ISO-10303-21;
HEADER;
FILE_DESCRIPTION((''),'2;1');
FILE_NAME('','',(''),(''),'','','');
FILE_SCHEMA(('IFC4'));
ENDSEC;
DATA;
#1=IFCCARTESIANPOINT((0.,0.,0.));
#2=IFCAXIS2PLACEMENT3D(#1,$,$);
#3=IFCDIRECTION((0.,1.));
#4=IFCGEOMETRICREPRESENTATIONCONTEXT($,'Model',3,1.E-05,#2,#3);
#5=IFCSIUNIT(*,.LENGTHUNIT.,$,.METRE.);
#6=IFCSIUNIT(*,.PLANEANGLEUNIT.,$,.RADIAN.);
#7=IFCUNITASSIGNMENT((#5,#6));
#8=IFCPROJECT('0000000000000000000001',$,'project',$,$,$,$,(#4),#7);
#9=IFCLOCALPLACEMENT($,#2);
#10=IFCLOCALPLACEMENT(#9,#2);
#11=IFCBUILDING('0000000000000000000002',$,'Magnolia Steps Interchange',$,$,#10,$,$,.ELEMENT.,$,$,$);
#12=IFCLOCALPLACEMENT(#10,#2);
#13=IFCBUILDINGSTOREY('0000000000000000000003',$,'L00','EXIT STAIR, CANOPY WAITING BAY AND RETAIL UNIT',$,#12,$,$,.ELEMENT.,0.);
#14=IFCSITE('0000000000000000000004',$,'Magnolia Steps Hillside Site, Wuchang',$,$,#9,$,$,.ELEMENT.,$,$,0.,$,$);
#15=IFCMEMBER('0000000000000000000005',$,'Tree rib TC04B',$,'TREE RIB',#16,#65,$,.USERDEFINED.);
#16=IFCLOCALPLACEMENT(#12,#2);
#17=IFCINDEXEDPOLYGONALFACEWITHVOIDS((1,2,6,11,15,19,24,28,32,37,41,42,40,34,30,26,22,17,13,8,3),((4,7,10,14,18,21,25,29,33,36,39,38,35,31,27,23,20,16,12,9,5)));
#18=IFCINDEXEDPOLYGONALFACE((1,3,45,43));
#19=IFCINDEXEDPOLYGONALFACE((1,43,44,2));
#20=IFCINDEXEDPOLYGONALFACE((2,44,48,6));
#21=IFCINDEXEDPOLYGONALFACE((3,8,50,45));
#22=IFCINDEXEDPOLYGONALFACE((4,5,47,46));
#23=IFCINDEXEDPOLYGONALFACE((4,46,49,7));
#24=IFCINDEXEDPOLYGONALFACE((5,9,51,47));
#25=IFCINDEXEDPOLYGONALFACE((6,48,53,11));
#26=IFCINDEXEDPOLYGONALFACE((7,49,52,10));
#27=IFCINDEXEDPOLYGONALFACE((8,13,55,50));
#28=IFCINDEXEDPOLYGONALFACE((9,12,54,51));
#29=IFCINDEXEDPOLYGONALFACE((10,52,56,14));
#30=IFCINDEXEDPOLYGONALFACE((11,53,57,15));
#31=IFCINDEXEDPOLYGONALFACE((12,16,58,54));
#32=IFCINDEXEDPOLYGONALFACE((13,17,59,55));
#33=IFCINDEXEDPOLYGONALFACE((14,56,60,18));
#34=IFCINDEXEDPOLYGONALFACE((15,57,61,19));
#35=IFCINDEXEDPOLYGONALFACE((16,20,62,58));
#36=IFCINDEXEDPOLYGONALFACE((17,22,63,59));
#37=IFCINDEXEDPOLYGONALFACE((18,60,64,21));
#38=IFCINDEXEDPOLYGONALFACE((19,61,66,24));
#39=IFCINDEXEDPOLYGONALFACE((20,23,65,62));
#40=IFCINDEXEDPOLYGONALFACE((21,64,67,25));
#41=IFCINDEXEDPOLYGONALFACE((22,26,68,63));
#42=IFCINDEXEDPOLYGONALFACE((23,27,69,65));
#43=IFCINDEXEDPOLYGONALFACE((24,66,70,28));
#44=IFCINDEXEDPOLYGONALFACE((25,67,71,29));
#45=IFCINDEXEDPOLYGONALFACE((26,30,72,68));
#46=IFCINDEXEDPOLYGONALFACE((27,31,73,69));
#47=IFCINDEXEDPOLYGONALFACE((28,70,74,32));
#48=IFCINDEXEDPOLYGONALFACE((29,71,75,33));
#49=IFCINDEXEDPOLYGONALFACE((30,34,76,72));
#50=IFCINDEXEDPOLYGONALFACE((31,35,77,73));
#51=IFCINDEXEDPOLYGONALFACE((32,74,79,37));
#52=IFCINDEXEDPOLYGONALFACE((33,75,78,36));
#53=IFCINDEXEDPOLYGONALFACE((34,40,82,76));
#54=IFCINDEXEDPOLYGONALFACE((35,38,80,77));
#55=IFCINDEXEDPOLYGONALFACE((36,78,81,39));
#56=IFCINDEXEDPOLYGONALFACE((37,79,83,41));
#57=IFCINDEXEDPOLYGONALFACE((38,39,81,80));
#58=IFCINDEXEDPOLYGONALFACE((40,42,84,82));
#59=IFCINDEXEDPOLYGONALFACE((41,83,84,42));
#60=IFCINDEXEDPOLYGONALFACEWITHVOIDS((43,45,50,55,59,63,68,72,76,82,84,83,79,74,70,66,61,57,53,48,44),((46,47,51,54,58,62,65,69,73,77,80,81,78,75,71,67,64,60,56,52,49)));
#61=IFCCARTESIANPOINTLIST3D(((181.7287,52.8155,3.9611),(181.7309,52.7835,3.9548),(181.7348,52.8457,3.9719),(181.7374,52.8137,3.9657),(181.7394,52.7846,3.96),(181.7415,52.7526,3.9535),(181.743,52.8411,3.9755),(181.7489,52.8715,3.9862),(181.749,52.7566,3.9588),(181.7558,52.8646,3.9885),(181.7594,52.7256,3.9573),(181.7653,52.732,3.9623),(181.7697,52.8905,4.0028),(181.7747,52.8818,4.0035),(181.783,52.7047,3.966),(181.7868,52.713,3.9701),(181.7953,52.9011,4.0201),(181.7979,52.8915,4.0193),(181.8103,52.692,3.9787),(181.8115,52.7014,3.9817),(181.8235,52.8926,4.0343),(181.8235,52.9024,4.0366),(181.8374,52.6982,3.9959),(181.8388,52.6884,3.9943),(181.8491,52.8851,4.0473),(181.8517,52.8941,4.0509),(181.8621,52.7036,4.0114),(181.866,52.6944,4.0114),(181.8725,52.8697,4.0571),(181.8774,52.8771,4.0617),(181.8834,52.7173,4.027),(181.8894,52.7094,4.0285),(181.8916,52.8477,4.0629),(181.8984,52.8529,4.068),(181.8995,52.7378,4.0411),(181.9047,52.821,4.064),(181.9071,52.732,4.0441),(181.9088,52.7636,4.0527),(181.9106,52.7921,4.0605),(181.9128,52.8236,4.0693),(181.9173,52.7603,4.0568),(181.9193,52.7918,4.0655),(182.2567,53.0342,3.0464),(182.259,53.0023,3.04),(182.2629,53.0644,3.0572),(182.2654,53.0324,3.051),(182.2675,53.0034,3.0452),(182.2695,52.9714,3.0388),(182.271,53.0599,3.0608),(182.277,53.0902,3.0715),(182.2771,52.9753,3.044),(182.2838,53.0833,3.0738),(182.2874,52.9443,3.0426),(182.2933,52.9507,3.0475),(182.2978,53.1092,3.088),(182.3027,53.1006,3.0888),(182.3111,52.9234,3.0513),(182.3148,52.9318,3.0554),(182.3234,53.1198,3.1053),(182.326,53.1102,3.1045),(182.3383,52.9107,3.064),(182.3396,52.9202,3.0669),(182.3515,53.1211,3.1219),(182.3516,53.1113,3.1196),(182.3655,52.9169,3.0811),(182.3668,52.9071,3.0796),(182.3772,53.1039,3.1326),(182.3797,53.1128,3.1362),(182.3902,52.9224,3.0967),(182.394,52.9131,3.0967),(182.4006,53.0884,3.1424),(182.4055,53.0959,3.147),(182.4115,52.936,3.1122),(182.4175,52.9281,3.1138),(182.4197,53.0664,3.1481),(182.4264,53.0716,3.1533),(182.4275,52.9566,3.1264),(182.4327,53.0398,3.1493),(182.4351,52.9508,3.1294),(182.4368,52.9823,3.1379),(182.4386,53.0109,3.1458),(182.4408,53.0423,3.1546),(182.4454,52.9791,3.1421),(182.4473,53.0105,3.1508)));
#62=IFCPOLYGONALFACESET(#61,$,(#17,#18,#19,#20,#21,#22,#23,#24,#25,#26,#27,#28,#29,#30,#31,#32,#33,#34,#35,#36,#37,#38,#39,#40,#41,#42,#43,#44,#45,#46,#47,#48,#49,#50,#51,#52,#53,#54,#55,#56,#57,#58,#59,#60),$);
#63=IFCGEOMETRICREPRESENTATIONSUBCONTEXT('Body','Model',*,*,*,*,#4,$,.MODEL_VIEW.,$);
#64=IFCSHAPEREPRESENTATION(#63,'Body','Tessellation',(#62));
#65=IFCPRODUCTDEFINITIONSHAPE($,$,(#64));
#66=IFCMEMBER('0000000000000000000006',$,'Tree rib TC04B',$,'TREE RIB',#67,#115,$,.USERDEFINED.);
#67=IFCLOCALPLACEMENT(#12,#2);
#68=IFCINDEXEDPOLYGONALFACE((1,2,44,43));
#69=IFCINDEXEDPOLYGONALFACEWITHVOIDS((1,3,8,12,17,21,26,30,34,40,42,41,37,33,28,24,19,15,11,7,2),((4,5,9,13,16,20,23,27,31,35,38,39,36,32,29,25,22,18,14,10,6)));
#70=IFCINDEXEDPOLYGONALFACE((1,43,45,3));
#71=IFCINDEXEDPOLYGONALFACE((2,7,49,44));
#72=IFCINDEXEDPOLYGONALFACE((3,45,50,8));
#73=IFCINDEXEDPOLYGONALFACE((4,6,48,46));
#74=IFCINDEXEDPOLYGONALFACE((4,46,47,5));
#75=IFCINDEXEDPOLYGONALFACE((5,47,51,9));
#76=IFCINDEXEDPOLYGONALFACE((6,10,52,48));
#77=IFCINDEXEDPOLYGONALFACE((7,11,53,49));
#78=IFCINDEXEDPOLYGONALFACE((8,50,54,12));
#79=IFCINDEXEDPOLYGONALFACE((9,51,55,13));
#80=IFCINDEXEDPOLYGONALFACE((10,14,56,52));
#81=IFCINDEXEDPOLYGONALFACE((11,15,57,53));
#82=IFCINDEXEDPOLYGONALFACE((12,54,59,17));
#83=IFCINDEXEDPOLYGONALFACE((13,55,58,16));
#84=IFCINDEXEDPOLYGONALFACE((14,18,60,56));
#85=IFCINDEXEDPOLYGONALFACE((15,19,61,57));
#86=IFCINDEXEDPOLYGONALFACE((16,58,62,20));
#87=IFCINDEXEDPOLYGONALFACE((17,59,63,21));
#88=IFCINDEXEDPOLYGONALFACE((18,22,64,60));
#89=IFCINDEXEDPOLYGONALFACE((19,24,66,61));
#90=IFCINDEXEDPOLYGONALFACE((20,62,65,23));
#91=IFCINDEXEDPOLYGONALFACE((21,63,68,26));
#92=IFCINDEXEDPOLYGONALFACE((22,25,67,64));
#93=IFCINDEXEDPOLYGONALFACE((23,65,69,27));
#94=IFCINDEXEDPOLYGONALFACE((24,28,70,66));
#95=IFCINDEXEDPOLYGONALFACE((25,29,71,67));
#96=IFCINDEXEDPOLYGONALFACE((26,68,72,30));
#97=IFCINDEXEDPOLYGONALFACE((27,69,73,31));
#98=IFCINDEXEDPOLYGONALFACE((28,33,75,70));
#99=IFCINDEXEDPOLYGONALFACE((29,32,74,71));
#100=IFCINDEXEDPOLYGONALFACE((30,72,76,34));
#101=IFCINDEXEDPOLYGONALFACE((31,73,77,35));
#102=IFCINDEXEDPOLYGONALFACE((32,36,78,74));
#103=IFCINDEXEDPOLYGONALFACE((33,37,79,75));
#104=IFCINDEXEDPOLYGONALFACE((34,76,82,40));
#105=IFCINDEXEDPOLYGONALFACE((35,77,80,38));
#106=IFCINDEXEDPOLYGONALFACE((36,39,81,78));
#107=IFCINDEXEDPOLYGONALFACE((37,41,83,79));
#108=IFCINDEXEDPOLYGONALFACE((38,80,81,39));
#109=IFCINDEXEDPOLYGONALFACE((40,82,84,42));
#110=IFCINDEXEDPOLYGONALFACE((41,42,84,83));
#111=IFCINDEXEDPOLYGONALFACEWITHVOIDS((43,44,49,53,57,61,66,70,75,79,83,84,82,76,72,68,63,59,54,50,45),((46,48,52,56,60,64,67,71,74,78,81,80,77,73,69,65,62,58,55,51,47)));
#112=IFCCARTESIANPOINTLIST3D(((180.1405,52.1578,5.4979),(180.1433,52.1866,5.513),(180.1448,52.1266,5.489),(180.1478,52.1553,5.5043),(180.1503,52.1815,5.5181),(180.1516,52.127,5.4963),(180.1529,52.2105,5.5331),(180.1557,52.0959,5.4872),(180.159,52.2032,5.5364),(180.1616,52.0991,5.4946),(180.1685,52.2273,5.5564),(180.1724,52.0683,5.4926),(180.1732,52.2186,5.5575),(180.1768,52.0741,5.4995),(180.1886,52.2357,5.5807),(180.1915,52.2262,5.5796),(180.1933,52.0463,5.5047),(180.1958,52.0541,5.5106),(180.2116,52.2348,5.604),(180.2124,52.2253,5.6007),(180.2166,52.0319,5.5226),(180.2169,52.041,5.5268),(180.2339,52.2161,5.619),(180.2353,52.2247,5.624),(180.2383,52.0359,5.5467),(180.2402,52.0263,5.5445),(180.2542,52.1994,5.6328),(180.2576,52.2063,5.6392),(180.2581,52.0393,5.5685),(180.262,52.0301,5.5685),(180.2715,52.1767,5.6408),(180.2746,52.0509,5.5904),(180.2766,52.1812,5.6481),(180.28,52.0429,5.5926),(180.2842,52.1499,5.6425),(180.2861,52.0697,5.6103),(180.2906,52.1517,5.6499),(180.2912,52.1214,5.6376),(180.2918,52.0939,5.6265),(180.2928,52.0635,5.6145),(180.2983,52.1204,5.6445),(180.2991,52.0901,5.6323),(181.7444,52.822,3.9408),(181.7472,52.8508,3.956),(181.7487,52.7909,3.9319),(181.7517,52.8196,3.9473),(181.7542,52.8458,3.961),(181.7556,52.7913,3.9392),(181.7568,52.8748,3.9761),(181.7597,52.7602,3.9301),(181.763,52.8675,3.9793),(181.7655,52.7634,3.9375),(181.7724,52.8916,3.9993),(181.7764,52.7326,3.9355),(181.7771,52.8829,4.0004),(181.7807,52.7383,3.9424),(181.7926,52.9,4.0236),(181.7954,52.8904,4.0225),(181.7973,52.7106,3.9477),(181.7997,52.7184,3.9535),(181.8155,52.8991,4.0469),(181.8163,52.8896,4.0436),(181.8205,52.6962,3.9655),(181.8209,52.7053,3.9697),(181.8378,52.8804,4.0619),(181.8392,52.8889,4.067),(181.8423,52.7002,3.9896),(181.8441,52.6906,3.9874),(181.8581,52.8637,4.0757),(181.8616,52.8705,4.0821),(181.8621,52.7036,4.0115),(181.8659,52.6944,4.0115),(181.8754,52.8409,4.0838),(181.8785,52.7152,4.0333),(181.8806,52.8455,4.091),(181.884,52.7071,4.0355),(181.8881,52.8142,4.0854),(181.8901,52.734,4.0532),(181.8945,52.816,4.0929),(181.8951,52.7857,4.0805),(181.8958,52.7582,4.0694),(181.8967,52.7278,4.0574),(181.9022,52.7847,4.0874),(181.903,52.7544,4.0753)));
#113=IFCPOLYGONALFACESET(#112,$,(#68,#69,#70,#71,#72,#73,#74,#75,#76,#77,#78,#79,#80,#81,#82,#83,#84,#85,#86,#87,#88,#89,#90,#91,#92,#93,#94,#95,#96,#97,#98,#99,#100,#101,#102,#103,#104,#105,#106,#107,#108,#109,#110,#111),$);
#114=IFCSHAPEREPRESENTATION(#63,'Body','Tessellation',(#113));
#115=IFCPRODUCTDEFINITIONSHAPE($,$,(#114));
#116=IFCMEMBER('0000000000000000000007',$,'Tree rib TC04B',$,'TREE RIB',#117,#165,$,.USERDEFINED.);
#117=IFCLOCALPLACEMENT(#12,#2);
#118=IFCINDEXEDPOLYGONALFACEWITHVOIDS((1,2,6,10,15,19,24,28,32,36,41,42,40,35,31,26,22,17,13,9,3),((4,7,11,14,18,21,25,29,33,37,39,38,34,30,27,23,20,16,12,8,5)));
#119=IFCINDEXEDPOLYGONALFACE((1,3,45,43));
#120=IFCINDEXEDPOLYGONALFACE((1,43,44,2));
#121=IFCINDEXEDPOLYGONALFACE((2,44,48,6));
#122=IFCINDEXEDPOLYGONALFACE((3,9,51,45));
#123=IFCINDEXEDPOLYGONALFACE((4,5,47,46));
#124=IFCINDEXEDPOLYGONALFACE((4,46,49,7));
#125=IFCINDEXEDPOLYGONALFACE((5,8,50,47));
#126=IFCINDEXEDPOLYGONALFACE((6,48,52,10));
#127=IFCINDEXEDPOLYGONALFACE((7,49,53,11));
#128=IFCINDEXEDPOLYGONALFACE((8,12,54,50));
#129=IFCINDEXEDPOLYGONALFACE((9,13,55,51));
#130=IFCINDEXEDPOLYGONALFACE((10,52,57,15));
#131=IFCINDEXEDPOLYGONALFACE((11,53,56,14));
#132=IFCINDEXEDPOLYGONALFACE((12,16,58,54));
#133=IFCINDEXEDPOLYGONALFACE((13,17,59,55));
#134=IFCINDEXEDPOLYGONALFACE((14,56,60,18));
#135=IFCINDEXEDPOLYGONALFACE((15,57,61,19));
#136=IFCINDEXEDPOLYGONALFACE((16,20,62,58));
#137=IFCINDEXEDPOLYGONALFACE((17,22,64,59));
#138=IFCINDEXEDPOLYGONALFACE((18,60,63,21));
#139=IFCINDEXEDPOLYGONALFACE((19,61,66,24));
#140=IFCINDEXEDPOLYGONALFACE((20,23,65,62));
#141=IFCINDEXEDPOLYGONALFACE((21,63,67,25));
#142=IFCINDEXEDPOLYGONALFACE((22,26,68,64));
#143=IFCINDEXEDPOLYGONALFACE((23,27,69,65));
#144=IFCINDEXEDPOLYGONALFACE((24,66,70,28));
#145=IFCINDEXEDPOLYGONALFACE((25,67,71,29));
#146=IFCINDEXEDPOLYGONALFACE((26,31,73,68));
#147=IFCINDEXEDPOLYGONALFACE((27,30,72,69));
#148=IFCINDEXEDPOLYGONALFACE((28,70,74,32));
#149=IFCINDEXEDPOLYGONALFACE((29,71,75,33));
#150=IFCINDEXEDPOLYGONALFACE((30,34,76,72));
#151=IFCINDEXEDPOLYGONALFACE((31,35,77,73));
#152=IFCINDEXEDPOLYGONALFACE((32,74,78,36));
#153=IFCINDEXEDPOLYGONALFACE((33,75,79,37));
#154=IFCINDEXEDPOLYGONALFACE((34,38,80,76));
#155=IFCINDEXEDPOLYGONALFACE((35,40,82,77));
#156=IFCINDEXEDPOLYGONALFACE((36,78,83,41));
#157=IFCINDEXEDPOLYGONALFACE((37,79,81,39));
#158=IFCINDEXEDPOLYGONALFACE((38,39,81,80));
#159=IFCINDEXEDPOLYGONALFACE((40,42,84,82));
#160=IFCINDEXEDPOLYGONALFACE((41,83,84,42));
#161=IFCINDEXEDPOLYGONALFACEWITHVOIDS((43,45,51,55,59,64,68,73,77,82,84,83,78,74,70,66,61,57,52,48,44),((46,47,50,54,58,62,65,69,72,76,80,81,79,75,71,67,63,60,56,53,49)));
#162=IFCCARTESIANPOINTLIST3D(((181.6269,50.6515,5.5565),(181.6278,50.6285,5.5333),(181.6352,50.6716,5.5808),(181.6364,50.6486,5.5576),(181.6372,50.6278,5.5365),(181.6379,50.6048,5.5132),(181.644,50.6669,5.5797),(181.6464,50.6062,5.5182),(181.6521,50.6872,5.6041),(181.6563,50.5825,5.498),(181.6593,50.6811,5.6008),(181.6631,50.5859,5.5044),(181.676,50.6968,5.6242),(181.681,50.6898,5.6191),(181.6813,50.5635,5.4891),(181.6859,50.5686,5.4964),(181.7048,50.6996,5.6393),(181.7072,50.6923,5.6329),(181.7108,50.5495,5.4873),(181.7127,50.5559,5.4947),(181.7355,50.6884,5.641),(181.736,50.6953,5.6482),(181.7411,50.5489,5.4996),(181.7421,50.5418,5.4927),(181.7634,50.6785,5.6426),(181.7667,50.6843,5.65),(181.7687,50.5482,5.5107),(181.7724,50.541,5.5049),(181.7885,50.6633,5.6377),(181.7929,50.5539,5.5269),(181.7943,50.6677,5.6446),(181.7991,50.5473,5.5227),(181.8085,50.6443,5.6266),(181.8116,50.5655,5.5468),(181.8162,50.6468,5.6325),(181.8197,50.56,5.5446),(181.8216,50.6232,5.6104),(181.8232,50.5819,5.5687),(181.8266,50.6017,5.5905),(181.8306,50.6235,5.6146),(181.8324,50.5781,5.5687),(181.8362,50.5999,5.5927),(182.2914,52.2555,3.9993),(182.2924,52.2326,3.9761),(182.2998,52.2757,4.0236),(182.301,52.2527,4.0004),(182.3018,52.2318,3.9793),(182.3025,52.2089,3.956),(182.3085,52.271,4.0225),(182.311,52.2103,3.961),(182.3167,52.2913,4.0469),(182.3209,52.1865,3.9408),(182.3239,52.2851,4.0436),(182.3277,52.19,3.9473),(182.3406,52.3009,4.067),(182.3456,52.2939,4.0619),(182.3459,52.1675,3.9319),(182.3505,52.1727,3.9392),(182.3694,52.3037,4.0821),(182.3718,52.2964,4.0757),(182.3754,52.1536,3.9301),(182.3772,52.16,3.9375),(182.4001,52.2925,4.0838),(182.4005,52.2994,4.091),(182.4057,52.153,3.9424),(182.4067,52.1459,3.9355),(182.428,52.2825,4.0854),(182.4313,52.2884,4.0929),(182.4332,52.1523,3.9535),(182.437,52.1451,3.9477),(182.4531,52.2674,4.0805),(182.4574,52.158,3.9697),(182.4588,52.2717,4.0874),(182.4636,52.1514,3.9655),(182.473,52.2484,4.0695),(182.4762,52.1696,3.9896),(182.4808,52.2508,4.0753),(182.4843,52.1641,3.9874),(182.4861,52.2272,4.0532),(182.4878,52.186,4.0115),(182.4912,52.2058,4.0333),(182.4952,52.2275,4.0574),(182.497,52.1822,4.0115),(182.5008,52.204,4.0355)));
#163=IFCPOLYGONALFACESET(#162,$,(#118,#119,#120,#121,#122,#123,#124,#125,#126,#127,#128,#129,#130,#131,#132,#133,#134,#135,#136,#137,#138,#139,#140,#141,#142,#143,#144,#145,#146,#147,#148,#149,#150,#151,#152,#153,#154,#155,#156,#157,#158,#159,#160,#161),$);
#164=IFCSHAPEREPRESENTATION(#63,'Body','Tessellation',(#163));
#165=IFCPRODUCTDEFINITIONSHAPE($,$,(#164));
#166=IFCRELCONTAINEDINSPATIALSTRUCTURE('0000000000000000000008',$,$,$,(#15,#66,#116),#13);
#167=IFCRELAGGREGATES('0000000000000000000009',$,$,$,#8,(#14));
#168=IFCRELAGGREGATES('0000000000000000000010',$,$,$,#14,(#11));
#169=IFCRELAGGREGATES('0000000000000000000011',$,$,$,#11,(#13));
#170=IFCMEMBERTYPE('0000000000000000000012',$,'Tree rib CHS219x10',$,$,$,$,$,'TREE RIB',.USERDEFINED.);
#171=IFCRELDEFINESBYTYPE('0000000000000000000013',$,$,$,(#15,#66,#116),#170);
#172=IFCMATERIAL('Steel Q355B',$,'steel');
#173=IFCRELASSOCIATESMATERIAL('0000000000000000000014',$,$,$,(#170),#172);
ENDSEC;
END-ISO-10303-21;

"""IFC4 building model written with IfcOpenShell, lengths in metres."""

from ifc_helpers import new_model, si_unit, direction, frame, origin, origin_2d, place, context, subcontext, project, spatial, hollow_circle, extrude, material, material_profile, profile_set, type_object, element, save


model = new_model("IFC4")

# Units and contexts
model_context = context("Model", 3, precision=1e-05, world=origin(), true_north=direction((0.0, 1.0)))
body_context = subcontext(model_context, "Body", "Model", "MODEL_VIEW")
ifc_project = project(units=[si_unit("LENGTHUNIT", "METRE"), si_unit("PLANEANGLEUNIT", "RADIAN")], contexts=[model_context])

# Site, building, storey
site_placement = place(None, origin())
site = spatial("IfcSite", under=ifc_project, at=site_placement, Name="Magnolia Steps Hillside Site, Wuchang", CompositionType="ELEMENT", RefElevation=0.0)
building_placement = place(site_placement, origin())
building = spatial("IfcBuilding", under=site, at=building_placement, Name="Magnolia Steps Interchange", CompositionType="ELEMENT")
storey_placement = place(building_placement, origin())
storey = spatial("IfcBuildingStorey", under=building, at=storey_placement, Name="L00", Description="EXIT STAIR, CANOPY WAITING BAY AND RETAIL UNIT", CompositionType="ELEMENT", Elevation=0.0)

# Members
ifc_material_1 = material(Name="Steel Q355B", Category="steel")
ifc_material_profile_1 = material_profile(ifc_material_1, hollow_circle(Radius=0.1096, WallThickness=0.01, at=origin_2d()), Name="CHS219x10")
ifc_profile_set_1 = profile_set([ifc_material_profile_1], Name="Steel Q355B")
member_type = type_object("IfcMemberType", Name="Tree rib CHS219x10", ElementType="TREE RIB", PredefinedType="USERDEFINED", material=ifc_profile_set_1)
member_1_placement = place(storey_placement, frame((182.3521, 53.0144, 3.0967), z_axis=(-0.489555, -0.202793, 0.848063), x_axis=(0.382704, -0.923871, 0.0)))
element("IfcMember", 1, at=member_1_placement, inside=storey, type_object=member_type, Name="Tree rib TC04B", ObjectType="TREE RIB", PredefinedType="USERDEFINED", context=body_context, shape_type="SweptSolid", body=[
    extrude(hollow_circle(Radius=0.1096, WallThickness=0.01, at=origin_2d()), origin(), (0.0, 0.0, 1.0), 1.0786),
])
member_2_placement = place(storey_placement, frame((181.824, 52.7957, 4.0115), z_axis=(-0.687788, -0.284851, 0.667688), x_axis=(0.382637, -0.923899, 0.0)))
element("IfcMember", 2, at=member_2_placement, inside=storey, type_object=member_type, Name="Tree rib TC04B", ObjectType="TREE RIB", PredefinedType="USERDEFINED", context=body_context, shape_type="SweptSolid", body=[
    extrude(hollow_circle(Radius=0.1096, WallThickness=0.01, at=origin_2d()), origin(), (0.0, 0.0, 1.0), 2.332),
])
member_3_placement = place(storey_placement, frame((182.3958, 52.2241, 4.0115), z_axis=(-0.284947, -0.687767, 0.667668), x_axis=(0.923849, -0.382757, 0.0)))
element("IfcMember", 3, at=member_3_placement, inside=storey, type_object=member_type, Name="Tree rib TC04B", ObjectType="TREE RIB", PredefinedType="USERDEFINED", context=body_context, shape_type="SweptSolid", body=[
    extrude(hollow_circle(Radius=0.1096, WallThickness=0.01, at=origin_2d()), origin(), (0.0, 0.0, 1.0), 2.3323),
])

save(model, "model.ifc")
